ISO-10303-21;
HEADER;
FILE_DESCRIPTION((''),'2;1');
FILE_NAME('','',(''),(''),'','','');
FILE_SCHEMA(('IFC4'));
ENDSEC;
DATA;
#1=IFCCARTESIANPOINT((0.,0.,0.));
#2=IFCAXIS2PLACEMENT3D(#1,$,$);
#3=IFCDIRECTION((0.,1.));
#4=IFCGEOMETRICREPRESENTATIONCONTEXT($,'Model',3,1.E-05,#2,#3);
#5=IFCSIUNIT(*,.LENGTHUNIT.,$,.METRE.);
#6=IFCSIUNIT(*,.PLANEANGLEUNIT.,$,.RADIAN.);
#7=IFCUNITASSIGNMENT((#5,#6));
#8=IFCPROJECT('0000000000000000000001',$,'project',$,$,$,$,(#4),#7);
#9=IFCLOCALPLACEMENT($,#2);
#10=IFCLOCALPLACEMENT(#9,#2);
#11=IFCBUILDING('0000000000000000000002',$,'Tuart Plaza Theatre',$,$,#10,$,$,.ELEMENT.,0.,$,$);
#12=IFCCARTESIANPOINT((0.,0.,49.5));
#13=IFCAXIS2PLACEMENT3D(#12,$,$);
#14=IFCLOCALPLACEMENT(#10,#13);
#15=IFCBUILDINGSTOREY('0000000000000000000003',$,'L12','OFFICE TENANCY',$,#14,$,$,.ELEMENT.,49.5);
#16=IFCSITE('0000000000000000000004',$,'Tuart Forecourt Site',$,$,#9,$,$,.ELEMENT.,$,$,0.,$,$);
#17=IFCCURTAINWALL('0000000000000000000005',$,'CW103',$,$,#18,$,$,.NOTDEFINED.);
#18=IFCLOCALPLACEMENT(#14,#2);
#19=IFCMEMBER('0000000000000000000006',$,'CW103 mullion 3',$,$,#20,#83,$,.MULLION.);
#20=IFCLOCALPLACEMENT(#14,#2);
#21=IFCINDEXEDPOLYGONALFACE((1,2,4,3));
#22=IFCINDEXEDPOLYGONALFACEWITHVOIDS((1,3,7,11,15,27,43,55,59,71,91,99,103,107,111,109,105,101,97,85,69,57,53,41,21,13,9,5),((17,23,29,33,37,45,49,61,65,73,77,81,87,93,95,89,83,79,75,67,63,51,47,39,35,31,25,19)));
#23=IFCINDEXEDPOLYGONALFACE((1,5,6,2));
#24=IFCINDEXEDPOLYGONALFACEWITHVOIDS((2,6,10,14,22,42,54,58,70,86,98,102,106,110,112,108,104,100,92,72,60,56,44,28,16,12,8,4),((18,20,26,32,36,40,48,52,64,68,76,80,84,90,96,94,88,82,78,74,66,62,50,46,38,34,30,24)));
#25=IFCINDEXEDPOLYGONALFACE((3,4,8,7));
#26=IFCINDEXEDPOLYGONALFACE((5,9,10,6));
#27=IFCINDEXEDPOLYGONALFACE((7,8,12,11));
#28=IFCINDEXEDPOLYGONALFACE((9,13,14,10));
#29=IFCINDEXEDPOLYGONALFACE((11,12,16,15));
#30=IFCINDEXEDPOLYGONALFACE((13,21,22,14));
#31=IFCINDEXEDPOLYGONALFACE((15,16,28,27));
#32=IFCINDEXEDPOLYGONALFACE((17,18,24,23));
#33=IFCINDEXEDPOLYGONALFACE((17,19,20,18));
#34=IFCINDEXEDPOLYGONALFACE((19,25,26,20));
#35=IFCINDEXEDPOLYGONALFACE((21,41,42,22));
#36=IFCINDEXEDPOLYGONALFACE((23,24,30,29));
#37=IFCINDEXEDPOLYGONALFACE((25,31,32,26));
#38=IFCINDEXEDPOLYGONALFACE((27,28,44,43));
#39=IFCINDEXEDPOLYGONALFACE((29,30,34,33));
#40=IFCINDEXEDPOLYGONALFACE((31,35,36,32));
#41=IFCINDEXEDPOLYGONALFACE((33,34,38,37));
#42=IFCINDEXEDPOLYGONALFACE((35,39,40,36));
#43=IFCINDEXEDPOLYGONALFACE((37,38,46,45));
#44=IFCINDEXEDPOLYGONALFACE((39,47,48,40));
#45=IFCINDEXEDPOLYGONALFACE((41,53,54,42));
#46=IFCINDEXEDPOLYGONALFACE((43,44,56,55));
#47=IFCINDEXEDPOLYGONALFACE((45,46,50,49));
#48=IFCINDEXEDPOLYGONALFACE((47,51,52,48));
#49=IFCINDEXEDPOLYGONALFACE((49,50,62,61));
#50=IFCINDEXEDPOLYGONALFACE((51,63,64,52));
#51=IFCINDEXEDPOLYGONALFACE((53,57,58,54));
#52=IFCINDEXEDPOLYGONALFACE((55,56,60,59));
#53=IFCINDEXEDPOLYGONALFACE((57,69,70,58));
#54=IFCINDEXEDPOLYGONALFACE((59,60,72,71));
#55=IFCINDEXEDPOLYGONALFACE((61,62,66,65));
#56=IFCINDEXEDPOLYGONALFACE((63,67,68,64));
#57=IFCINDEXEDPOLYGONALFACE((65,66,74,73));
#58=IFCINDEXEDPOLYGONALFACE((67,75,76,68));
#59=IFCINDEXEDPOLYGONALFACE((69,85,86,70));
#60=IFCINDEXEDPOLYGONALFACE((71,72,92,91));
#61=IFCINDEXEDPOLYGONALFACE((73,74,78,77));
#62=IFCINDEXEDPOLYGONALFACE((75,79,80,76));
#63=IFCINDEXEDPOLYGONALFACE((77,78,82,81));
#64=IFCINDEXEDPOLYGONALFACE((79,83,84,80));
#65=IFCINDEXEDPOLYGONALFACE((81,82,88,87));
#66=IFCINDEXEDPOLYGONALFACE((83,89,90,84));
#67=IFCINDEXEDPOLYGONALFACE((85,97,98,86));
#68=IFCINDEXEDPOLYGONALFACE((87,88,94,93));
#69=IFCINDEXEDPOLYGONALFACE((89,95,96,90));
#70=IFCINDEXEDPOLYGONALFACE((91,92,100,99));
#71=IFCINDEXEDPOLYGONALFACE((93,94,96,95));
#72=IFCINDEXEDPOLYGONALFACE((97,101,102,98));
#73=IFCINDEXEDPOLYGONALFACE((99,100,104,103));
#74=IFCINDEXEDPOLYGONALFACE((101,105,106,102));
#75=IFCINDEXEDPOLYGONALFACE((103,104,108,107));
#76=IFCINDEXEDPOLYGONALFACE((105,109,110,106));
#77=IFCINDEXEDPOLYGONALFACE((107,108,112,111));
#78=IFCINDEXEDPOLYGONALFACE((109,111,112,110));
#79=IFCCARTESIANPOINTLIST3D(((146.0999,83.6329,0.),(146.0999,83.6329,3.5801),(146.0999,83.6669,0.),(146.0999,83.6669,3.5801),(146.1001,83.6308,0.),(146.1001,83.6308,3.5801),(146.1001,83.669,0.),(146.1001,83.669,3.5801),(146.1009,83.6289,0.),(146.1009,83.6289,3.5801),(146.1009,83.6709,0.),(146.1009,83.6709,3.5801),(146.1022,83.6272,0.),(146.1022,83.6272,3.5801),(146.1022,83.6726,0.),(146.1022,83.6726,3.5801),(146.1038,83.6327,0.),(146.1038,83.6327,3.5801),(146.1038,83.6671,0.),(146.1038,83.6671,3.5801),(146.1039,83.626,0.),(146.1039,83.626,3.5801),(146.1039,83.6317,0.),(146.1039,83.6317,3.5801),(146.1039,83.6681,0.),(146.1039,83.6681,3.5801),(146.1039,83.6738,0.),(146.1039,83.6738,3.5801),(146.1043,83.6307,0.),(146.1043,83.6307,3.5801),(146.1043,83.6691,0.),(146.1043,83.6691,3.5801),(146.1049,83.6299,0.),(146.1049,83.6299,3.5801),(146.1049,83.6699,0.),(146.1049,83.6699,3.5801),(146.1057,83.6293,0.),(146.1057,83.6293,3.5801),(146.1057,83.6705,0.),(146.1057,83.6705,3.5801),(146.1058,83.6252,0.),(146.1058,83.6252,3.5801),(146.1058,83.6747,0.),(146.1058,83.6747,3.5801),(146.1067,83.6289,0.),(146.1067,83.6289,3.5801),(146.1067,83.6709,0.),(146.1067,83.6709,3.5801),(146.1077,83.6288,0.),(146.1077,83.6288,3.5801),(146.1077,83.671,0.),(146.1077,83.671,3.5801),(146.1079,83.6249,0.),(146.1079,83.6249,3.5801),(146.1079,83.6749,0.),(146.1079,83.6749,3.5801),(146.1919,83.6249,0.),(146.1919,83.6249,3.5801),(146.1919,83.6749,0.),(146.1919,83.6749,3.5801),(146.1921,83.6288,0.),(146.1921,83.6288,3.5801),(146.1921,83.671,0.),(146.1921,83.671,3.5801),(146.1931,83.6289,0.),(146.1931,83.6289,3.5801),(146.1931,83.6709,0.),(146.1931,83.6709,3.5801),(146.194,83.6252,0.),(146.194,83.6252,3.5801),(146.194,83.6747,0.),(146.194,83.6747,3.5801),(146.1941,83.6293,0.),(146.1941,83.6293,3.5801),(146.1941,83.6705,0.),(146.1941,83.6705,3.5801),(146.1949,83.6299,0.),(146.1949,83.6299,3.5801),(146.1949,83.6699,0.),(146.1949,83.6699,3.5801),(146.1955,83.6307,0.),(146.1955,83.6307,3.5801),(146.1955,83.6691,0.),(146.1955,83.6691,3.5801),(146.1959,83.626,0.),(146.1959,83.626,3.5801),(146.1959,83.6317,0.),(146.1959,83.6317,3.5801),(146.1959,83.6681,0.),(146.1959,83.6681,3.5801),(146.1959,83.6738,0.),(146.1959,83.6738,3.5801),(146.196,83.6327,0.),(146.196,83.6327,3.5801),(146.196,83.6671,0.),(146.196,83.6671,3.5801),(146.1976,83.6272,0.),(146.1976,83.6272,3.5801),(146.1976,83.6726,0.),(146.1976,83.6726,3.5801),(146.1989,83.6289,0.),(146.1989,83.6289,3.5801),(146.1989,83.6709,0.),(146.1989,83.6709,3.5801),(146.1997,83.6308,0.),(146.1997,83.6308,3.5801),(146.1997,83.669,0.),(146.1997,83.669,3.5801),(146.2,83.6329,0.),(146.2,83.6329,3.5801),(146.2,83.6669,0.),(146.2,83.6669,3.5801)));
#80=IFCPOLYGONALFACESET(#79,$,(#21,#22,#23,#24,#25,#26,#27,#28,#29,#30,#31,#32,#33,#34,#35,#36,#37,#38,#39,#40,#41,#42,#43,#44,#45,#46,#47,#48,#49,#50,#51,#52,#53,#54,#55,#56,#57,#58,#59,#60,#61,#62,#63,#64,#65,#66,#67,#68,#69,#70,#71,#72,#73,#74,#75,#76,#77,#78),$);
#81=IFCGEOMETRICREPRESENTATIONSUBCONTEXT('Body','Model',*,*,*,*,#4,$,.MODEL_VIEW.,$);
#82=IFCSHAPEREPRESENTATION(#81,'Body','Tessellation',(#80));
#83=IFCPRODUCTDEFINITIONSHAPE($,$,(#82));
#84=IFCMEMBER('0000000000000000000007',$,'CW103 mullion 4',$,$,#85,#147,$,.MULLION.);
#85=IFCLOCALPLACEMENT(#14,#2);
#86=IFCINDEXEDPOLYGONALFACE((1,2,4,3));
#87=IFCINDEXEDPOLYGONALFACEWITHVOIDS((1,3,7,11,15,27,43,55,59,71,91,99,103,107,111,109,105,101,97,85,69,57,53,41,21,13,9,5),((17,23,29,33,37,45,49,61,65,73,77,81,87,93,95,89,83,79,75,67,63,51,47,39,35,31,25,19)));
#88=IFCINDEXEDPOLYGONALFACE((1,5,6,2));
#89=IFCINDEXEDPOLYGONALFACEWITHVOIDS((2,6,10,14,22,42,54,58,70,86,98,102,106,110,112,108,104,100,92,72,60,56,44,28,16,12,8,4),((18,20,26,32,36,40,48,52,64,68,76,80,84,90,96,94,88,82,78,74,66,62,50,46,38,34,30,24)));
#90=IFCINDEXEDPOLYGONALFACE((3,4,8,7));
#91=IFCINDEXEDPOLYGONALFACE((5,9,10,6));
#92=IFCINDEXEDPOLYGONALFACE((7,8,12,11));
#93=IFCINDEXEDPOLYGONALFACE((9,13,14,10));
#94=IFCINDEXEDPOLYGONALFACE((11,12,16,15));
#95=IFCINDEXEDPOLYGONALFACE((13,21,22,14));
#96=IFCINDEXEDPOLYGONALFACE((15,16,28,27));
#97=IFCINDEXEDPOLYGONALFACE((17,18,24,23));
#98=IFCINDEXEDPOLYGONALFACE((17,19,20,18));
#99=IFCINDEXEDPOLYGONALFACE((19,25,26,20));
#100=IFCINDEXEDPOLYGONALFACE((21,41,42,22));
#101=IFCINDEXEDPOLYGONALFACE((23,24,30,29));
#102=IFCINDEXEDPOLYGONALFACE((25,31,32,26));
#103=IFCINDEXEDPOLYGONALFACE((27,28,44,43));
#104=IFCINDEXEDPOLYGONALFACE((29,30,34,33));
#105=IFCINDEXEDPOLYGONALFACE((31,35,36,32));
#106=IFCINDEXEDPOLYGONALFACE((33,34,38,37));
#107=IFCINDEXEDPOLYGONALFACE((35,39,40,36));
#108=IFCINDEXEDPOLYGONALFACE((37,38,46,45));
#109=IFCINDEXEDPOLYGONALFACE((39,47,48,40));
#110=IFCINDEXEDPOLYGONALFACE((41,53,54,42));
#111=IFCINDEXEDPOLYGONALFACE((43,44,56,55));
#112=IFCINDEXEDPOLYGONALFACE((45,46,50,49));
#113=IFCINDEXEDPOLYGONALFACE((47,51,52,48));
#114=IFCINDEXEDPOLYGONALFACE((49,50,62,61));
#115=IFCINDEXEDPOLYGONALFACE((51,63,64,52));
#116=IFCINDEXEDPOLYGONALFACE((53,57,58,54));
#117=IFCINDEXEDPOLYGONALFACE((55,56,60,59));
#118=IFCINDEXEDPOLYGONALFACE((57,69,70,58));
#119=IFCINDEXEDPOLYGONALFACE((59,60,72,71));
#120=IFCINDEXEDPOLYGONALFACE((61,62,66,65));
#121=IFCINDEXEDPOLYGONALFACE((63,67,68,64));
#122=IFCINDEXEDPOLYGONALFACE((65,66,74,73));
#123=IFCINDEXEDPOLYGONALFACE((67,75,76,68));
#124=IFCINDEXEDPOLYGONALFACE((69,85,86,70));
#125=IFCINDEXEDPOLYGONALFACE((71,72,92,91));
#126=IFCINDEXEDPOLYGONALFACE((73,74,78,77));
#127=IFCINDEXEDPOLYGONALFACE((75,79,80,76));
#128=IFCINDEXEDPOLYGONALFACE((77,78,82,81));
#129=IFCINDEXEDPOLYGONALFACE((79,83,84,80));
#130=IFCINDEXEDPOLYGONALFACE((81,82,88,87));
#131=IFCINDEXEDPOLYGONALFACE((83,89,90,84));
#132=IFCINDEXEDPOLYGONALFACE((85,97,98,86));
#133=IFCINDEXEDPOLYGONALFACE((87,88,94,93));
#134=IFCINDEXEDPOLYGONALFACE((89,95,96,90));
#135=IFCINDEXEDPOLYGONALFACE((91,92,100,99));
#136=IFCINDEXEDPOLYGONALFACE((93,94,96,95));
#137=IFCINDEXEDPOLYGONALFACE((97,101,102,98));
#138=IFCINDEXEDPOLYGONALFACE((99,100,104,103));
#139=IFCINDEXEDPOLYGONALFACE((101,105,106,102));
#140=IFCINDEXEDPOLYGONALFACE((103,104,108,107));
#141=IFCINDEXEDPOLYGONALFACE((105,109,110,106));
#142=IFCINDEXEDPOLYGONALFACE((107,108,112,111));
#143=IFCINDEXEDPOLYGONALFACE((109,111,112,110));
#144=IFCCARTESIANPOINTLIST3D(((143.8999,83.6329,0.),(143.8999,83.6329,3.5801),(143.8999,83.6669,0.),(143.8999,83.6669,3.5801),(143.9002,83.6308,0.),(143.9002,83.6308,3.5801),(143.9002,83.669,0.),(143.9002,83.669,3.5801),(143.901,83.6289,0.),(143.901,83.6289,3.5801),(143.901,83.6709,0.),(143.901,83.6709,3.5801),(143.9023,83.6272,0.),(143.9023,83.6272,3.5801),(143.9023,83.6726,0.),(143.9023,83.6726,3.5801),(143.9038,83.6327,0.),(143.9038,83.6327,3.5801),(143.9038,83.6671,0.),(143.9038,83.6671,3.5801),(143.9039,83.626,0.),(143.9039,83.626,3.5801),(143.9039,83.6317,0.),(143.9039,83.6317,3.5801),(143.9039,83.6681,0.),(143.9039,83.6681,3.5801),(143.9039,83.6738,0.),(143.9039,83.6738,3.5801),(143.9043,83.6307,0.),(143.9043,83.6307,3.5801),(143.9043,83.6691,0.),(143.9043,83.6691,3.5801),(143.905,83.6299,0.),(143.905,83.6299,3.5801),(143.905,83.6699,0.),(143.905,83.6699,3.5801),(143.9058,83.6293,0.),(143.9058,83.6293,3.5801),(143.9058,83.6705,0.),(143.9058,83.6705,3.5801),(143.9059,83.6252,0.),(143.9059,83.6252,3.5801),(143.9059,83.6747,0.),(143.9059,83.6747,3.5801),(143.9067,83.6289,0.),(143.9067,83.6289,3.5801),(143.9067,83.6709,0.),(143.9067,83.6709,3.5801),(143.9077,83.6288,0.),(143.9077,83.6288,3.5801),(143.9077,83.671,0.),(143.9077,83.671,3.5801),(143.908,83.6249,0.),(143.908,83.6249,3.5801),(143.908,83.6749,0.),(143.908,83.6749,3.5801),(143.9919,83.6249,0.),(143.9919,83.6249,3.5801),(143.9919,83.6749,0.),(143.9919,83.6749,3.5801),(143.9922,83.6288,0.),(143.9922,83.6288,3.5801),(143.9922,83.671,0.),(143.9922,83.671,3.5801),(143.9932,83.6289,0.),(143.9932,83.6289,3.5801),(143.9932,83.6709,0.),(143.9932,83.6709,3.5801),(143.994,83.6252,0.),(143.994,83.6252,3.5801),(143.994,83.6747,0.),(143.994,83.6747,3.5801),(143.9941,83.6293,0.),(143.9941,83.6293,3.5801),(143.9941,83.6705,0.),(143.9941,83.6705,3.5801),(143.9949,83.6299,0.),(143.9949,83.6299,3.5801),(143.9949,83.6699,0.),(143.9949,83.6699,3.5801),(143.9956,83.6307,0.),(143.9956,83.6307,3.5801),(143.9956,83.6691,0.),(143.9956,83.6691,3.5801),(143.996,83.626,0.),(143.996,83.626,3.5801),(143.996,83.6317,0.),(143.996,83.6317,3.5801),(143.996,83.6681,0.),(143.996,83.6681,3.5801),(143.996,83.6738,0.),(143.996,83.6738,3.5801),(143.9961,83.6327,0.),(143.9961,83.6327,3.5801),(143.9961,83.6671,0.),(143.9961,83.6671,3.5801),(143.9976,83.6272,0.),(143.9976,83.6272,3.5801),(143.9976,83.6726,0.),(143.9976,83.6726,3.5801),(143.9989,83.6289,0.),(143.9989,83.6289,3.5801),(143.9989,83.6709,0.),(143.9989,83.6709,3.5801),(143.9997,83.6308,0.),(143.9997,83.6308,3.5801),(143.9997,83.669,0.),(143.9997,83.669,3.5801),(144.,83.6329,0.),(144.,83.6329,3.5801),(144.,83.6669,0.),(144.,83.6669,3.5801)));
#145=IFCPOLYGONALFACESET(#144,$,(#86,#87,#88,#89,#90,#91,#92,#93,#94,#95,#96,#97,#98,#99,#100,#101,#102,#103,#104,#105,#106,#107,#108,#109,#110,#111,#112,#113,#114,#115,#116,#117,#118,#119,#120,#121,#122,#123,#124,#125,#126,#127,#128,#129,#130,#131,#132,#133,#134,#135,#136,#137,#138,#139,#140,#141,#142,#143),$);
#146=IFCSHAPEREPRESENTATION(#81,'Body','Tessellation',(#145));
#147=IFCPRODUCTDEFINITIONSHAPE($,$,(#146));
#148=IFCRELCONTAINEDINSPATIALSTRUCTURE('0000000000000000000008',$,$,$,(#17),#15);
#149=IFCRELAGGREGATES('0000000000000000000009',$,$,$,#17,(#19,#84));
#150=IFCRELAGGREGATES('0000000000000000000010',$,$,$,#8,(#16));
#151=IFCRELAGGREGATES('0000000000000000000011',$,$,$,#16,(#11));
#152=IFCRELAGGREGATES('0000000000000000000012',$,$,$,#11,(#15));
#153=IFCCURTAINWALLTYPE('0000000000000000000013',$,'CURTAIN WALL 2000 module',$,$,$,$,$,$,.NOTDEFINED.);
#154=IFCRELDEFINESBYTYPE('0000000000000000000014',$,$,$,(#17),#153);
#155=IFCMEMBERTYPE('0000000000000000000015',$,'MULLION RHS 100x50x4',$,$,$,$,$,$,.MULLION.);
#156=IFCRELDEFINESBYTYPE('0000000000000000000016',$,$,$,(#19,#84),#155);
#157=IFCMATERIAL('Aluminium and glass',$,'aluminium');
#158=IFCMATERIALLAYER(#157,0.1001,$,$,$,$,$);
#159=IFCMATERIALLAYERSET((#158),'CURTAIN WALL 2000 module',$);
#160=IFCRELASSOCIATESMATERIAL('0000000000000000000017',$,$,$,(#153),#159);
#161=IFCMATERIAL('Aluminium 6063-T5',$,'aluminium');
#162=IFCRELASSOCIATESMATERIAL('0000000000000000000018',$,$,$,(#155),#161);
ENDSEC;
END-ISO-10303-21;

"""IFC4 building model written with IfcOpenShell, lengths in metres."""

from ifc_helpers import new_model, si_unit, direction, frame, origin, origin_2d, place, context, subcontext, project, spatial, hollow_rectangle, extrude, material, layer, layer_set, material_profile, profile_set, type_object, element, aggregate, save


model = new_model("IFC4")

# Units and contexts
model_context = context("Model", 3, precision=1e-05, world=origin(), true_north=direction((0.0, 1.0)))
body_context = subcontext(model_context, "Body", "Model", "MODEL_VIEW")
ifc_project = project(units=[si_unit("LENGTHUNIT", "METRE"), si_unit("PLANEANGLEUNIT", "RADIAN")], contexts=[model_context])

# Site, building, storey
site_placement = place(None, origin())
site = spatial("IfcSite", under=ifc_project, at=site_placement, Name="Tuart Forecourt Site", CompositionType="ELEMENT", RefElevation=0.0)
building_placement = place(site_placement, origin())
building = spatial("IfcBuilding", under=site, at=building_placement, Name="Tuart Plaza Theatre", CompositionType="ELEMENT", ElevationOfRefHeight=0.0)
storey_placement = place(building_placement, frame((0.0, 0.0, 49.5)))
storey = spatial("IfcBuildingStorey", under=building, at=storey_placement, Name="L12", Description="OFFICE TENANCY", CompositionType="ELEMENT", Elevation=49.5)

# Curtain wall, members
ifc_material_1 = material(Name="Aluminium and glass", Category="aluminium")
ifc_layer_1 = layer(ifc_material_1, 0.1001)
ifc_layer_set_1 = layer_set([ifc_layer_1], Name="CURTAIN WALL 2000 module")
curtain_wall_type = type_object("IfcCurtainWallType", Name="CURTAIN WALL 2000 module", PredefinedType="NOTDEFINED", material=ifc_layer_set_1)
curtain_wall_1_placement = place(storey_placement, origin())
curtain_wall_1 = element("IfcCurtainWall", 1, at=curtain_wall_1_placement, inside=storey, type_object=curtain_wall_type, Name="CW103", PredefinedType="NOTDEFINED")
ifc_material_2 = material(Name="Aluminium 6063-T5", Category="aluminium")
ifc_material_profile_1 = material_profile(ifc_material_2, hollow_rectangle(XDim=0.05, YDim=0.1001, WallThickness=0.0039, InnerFilletRadius=0.0039, OuterFilletRadius=0.0081, at=origin_2d()), Name="RHS 100x50x4")
ifc_profile_set_1 = profile_set([ifc_material_profile_1], Name="Aluminium 6063-T5")
member_type_1 = type_object("IfcMemberType", Name="MULLION RHS 100x50x4", PredefinedType="MULLION", material=ifc_profile_set_1)
member_1_placement = place(storey_placement, frame((146.1499, 83.6499, 0.0), z_axis=(0.0, 0.0, 1.0), x_axis=(0.0, -1.0, 0.0)))
member_1 = element("IfcMember", 2, at=member_1_placement, type_object=member_type_1, Name="CW103 mullion 3", PredefinedType="MULLION", context=body_context, shape_type="SweptSolid", body=[
    extrude(hollow_rectangle(XDim=0.05, YDim=0.1001, WallThickness=0.0039, InnerFilletRadius=0.0039, OuterFilletRadius=0.0081, at=origin_2d()), origin(), (0.0, 0.0, 1.0), 3.5801),
])
member_2_placement = place(storey_placement, frame((143.95, 83.6499, 0.0), z_axis=(0.0, 0.0, 1.0), x_axis=(0.0, -1.0, 0.0)))
member_2 = element("IfcMember", 3, at=member_2_placement, type_object=member_type_1, Name="CW103 mullion 4", PredefinedType="MULLION", context=body_context, shape_type="SweptSolid", body=[
    extrude(hollow_rectangle(XDim=0.05, YDim=0.1001, WallThickness=0.0039, InnerFilletRadius=0.0039, OuterFilletRadius=0.0081, at=origin_2d()), origin(), (0.0, 0.0, 1.0), 3.5801),
])

aggregate(curtain_wall_1, [member_1, member_2])

save(model, "model.ifc")
